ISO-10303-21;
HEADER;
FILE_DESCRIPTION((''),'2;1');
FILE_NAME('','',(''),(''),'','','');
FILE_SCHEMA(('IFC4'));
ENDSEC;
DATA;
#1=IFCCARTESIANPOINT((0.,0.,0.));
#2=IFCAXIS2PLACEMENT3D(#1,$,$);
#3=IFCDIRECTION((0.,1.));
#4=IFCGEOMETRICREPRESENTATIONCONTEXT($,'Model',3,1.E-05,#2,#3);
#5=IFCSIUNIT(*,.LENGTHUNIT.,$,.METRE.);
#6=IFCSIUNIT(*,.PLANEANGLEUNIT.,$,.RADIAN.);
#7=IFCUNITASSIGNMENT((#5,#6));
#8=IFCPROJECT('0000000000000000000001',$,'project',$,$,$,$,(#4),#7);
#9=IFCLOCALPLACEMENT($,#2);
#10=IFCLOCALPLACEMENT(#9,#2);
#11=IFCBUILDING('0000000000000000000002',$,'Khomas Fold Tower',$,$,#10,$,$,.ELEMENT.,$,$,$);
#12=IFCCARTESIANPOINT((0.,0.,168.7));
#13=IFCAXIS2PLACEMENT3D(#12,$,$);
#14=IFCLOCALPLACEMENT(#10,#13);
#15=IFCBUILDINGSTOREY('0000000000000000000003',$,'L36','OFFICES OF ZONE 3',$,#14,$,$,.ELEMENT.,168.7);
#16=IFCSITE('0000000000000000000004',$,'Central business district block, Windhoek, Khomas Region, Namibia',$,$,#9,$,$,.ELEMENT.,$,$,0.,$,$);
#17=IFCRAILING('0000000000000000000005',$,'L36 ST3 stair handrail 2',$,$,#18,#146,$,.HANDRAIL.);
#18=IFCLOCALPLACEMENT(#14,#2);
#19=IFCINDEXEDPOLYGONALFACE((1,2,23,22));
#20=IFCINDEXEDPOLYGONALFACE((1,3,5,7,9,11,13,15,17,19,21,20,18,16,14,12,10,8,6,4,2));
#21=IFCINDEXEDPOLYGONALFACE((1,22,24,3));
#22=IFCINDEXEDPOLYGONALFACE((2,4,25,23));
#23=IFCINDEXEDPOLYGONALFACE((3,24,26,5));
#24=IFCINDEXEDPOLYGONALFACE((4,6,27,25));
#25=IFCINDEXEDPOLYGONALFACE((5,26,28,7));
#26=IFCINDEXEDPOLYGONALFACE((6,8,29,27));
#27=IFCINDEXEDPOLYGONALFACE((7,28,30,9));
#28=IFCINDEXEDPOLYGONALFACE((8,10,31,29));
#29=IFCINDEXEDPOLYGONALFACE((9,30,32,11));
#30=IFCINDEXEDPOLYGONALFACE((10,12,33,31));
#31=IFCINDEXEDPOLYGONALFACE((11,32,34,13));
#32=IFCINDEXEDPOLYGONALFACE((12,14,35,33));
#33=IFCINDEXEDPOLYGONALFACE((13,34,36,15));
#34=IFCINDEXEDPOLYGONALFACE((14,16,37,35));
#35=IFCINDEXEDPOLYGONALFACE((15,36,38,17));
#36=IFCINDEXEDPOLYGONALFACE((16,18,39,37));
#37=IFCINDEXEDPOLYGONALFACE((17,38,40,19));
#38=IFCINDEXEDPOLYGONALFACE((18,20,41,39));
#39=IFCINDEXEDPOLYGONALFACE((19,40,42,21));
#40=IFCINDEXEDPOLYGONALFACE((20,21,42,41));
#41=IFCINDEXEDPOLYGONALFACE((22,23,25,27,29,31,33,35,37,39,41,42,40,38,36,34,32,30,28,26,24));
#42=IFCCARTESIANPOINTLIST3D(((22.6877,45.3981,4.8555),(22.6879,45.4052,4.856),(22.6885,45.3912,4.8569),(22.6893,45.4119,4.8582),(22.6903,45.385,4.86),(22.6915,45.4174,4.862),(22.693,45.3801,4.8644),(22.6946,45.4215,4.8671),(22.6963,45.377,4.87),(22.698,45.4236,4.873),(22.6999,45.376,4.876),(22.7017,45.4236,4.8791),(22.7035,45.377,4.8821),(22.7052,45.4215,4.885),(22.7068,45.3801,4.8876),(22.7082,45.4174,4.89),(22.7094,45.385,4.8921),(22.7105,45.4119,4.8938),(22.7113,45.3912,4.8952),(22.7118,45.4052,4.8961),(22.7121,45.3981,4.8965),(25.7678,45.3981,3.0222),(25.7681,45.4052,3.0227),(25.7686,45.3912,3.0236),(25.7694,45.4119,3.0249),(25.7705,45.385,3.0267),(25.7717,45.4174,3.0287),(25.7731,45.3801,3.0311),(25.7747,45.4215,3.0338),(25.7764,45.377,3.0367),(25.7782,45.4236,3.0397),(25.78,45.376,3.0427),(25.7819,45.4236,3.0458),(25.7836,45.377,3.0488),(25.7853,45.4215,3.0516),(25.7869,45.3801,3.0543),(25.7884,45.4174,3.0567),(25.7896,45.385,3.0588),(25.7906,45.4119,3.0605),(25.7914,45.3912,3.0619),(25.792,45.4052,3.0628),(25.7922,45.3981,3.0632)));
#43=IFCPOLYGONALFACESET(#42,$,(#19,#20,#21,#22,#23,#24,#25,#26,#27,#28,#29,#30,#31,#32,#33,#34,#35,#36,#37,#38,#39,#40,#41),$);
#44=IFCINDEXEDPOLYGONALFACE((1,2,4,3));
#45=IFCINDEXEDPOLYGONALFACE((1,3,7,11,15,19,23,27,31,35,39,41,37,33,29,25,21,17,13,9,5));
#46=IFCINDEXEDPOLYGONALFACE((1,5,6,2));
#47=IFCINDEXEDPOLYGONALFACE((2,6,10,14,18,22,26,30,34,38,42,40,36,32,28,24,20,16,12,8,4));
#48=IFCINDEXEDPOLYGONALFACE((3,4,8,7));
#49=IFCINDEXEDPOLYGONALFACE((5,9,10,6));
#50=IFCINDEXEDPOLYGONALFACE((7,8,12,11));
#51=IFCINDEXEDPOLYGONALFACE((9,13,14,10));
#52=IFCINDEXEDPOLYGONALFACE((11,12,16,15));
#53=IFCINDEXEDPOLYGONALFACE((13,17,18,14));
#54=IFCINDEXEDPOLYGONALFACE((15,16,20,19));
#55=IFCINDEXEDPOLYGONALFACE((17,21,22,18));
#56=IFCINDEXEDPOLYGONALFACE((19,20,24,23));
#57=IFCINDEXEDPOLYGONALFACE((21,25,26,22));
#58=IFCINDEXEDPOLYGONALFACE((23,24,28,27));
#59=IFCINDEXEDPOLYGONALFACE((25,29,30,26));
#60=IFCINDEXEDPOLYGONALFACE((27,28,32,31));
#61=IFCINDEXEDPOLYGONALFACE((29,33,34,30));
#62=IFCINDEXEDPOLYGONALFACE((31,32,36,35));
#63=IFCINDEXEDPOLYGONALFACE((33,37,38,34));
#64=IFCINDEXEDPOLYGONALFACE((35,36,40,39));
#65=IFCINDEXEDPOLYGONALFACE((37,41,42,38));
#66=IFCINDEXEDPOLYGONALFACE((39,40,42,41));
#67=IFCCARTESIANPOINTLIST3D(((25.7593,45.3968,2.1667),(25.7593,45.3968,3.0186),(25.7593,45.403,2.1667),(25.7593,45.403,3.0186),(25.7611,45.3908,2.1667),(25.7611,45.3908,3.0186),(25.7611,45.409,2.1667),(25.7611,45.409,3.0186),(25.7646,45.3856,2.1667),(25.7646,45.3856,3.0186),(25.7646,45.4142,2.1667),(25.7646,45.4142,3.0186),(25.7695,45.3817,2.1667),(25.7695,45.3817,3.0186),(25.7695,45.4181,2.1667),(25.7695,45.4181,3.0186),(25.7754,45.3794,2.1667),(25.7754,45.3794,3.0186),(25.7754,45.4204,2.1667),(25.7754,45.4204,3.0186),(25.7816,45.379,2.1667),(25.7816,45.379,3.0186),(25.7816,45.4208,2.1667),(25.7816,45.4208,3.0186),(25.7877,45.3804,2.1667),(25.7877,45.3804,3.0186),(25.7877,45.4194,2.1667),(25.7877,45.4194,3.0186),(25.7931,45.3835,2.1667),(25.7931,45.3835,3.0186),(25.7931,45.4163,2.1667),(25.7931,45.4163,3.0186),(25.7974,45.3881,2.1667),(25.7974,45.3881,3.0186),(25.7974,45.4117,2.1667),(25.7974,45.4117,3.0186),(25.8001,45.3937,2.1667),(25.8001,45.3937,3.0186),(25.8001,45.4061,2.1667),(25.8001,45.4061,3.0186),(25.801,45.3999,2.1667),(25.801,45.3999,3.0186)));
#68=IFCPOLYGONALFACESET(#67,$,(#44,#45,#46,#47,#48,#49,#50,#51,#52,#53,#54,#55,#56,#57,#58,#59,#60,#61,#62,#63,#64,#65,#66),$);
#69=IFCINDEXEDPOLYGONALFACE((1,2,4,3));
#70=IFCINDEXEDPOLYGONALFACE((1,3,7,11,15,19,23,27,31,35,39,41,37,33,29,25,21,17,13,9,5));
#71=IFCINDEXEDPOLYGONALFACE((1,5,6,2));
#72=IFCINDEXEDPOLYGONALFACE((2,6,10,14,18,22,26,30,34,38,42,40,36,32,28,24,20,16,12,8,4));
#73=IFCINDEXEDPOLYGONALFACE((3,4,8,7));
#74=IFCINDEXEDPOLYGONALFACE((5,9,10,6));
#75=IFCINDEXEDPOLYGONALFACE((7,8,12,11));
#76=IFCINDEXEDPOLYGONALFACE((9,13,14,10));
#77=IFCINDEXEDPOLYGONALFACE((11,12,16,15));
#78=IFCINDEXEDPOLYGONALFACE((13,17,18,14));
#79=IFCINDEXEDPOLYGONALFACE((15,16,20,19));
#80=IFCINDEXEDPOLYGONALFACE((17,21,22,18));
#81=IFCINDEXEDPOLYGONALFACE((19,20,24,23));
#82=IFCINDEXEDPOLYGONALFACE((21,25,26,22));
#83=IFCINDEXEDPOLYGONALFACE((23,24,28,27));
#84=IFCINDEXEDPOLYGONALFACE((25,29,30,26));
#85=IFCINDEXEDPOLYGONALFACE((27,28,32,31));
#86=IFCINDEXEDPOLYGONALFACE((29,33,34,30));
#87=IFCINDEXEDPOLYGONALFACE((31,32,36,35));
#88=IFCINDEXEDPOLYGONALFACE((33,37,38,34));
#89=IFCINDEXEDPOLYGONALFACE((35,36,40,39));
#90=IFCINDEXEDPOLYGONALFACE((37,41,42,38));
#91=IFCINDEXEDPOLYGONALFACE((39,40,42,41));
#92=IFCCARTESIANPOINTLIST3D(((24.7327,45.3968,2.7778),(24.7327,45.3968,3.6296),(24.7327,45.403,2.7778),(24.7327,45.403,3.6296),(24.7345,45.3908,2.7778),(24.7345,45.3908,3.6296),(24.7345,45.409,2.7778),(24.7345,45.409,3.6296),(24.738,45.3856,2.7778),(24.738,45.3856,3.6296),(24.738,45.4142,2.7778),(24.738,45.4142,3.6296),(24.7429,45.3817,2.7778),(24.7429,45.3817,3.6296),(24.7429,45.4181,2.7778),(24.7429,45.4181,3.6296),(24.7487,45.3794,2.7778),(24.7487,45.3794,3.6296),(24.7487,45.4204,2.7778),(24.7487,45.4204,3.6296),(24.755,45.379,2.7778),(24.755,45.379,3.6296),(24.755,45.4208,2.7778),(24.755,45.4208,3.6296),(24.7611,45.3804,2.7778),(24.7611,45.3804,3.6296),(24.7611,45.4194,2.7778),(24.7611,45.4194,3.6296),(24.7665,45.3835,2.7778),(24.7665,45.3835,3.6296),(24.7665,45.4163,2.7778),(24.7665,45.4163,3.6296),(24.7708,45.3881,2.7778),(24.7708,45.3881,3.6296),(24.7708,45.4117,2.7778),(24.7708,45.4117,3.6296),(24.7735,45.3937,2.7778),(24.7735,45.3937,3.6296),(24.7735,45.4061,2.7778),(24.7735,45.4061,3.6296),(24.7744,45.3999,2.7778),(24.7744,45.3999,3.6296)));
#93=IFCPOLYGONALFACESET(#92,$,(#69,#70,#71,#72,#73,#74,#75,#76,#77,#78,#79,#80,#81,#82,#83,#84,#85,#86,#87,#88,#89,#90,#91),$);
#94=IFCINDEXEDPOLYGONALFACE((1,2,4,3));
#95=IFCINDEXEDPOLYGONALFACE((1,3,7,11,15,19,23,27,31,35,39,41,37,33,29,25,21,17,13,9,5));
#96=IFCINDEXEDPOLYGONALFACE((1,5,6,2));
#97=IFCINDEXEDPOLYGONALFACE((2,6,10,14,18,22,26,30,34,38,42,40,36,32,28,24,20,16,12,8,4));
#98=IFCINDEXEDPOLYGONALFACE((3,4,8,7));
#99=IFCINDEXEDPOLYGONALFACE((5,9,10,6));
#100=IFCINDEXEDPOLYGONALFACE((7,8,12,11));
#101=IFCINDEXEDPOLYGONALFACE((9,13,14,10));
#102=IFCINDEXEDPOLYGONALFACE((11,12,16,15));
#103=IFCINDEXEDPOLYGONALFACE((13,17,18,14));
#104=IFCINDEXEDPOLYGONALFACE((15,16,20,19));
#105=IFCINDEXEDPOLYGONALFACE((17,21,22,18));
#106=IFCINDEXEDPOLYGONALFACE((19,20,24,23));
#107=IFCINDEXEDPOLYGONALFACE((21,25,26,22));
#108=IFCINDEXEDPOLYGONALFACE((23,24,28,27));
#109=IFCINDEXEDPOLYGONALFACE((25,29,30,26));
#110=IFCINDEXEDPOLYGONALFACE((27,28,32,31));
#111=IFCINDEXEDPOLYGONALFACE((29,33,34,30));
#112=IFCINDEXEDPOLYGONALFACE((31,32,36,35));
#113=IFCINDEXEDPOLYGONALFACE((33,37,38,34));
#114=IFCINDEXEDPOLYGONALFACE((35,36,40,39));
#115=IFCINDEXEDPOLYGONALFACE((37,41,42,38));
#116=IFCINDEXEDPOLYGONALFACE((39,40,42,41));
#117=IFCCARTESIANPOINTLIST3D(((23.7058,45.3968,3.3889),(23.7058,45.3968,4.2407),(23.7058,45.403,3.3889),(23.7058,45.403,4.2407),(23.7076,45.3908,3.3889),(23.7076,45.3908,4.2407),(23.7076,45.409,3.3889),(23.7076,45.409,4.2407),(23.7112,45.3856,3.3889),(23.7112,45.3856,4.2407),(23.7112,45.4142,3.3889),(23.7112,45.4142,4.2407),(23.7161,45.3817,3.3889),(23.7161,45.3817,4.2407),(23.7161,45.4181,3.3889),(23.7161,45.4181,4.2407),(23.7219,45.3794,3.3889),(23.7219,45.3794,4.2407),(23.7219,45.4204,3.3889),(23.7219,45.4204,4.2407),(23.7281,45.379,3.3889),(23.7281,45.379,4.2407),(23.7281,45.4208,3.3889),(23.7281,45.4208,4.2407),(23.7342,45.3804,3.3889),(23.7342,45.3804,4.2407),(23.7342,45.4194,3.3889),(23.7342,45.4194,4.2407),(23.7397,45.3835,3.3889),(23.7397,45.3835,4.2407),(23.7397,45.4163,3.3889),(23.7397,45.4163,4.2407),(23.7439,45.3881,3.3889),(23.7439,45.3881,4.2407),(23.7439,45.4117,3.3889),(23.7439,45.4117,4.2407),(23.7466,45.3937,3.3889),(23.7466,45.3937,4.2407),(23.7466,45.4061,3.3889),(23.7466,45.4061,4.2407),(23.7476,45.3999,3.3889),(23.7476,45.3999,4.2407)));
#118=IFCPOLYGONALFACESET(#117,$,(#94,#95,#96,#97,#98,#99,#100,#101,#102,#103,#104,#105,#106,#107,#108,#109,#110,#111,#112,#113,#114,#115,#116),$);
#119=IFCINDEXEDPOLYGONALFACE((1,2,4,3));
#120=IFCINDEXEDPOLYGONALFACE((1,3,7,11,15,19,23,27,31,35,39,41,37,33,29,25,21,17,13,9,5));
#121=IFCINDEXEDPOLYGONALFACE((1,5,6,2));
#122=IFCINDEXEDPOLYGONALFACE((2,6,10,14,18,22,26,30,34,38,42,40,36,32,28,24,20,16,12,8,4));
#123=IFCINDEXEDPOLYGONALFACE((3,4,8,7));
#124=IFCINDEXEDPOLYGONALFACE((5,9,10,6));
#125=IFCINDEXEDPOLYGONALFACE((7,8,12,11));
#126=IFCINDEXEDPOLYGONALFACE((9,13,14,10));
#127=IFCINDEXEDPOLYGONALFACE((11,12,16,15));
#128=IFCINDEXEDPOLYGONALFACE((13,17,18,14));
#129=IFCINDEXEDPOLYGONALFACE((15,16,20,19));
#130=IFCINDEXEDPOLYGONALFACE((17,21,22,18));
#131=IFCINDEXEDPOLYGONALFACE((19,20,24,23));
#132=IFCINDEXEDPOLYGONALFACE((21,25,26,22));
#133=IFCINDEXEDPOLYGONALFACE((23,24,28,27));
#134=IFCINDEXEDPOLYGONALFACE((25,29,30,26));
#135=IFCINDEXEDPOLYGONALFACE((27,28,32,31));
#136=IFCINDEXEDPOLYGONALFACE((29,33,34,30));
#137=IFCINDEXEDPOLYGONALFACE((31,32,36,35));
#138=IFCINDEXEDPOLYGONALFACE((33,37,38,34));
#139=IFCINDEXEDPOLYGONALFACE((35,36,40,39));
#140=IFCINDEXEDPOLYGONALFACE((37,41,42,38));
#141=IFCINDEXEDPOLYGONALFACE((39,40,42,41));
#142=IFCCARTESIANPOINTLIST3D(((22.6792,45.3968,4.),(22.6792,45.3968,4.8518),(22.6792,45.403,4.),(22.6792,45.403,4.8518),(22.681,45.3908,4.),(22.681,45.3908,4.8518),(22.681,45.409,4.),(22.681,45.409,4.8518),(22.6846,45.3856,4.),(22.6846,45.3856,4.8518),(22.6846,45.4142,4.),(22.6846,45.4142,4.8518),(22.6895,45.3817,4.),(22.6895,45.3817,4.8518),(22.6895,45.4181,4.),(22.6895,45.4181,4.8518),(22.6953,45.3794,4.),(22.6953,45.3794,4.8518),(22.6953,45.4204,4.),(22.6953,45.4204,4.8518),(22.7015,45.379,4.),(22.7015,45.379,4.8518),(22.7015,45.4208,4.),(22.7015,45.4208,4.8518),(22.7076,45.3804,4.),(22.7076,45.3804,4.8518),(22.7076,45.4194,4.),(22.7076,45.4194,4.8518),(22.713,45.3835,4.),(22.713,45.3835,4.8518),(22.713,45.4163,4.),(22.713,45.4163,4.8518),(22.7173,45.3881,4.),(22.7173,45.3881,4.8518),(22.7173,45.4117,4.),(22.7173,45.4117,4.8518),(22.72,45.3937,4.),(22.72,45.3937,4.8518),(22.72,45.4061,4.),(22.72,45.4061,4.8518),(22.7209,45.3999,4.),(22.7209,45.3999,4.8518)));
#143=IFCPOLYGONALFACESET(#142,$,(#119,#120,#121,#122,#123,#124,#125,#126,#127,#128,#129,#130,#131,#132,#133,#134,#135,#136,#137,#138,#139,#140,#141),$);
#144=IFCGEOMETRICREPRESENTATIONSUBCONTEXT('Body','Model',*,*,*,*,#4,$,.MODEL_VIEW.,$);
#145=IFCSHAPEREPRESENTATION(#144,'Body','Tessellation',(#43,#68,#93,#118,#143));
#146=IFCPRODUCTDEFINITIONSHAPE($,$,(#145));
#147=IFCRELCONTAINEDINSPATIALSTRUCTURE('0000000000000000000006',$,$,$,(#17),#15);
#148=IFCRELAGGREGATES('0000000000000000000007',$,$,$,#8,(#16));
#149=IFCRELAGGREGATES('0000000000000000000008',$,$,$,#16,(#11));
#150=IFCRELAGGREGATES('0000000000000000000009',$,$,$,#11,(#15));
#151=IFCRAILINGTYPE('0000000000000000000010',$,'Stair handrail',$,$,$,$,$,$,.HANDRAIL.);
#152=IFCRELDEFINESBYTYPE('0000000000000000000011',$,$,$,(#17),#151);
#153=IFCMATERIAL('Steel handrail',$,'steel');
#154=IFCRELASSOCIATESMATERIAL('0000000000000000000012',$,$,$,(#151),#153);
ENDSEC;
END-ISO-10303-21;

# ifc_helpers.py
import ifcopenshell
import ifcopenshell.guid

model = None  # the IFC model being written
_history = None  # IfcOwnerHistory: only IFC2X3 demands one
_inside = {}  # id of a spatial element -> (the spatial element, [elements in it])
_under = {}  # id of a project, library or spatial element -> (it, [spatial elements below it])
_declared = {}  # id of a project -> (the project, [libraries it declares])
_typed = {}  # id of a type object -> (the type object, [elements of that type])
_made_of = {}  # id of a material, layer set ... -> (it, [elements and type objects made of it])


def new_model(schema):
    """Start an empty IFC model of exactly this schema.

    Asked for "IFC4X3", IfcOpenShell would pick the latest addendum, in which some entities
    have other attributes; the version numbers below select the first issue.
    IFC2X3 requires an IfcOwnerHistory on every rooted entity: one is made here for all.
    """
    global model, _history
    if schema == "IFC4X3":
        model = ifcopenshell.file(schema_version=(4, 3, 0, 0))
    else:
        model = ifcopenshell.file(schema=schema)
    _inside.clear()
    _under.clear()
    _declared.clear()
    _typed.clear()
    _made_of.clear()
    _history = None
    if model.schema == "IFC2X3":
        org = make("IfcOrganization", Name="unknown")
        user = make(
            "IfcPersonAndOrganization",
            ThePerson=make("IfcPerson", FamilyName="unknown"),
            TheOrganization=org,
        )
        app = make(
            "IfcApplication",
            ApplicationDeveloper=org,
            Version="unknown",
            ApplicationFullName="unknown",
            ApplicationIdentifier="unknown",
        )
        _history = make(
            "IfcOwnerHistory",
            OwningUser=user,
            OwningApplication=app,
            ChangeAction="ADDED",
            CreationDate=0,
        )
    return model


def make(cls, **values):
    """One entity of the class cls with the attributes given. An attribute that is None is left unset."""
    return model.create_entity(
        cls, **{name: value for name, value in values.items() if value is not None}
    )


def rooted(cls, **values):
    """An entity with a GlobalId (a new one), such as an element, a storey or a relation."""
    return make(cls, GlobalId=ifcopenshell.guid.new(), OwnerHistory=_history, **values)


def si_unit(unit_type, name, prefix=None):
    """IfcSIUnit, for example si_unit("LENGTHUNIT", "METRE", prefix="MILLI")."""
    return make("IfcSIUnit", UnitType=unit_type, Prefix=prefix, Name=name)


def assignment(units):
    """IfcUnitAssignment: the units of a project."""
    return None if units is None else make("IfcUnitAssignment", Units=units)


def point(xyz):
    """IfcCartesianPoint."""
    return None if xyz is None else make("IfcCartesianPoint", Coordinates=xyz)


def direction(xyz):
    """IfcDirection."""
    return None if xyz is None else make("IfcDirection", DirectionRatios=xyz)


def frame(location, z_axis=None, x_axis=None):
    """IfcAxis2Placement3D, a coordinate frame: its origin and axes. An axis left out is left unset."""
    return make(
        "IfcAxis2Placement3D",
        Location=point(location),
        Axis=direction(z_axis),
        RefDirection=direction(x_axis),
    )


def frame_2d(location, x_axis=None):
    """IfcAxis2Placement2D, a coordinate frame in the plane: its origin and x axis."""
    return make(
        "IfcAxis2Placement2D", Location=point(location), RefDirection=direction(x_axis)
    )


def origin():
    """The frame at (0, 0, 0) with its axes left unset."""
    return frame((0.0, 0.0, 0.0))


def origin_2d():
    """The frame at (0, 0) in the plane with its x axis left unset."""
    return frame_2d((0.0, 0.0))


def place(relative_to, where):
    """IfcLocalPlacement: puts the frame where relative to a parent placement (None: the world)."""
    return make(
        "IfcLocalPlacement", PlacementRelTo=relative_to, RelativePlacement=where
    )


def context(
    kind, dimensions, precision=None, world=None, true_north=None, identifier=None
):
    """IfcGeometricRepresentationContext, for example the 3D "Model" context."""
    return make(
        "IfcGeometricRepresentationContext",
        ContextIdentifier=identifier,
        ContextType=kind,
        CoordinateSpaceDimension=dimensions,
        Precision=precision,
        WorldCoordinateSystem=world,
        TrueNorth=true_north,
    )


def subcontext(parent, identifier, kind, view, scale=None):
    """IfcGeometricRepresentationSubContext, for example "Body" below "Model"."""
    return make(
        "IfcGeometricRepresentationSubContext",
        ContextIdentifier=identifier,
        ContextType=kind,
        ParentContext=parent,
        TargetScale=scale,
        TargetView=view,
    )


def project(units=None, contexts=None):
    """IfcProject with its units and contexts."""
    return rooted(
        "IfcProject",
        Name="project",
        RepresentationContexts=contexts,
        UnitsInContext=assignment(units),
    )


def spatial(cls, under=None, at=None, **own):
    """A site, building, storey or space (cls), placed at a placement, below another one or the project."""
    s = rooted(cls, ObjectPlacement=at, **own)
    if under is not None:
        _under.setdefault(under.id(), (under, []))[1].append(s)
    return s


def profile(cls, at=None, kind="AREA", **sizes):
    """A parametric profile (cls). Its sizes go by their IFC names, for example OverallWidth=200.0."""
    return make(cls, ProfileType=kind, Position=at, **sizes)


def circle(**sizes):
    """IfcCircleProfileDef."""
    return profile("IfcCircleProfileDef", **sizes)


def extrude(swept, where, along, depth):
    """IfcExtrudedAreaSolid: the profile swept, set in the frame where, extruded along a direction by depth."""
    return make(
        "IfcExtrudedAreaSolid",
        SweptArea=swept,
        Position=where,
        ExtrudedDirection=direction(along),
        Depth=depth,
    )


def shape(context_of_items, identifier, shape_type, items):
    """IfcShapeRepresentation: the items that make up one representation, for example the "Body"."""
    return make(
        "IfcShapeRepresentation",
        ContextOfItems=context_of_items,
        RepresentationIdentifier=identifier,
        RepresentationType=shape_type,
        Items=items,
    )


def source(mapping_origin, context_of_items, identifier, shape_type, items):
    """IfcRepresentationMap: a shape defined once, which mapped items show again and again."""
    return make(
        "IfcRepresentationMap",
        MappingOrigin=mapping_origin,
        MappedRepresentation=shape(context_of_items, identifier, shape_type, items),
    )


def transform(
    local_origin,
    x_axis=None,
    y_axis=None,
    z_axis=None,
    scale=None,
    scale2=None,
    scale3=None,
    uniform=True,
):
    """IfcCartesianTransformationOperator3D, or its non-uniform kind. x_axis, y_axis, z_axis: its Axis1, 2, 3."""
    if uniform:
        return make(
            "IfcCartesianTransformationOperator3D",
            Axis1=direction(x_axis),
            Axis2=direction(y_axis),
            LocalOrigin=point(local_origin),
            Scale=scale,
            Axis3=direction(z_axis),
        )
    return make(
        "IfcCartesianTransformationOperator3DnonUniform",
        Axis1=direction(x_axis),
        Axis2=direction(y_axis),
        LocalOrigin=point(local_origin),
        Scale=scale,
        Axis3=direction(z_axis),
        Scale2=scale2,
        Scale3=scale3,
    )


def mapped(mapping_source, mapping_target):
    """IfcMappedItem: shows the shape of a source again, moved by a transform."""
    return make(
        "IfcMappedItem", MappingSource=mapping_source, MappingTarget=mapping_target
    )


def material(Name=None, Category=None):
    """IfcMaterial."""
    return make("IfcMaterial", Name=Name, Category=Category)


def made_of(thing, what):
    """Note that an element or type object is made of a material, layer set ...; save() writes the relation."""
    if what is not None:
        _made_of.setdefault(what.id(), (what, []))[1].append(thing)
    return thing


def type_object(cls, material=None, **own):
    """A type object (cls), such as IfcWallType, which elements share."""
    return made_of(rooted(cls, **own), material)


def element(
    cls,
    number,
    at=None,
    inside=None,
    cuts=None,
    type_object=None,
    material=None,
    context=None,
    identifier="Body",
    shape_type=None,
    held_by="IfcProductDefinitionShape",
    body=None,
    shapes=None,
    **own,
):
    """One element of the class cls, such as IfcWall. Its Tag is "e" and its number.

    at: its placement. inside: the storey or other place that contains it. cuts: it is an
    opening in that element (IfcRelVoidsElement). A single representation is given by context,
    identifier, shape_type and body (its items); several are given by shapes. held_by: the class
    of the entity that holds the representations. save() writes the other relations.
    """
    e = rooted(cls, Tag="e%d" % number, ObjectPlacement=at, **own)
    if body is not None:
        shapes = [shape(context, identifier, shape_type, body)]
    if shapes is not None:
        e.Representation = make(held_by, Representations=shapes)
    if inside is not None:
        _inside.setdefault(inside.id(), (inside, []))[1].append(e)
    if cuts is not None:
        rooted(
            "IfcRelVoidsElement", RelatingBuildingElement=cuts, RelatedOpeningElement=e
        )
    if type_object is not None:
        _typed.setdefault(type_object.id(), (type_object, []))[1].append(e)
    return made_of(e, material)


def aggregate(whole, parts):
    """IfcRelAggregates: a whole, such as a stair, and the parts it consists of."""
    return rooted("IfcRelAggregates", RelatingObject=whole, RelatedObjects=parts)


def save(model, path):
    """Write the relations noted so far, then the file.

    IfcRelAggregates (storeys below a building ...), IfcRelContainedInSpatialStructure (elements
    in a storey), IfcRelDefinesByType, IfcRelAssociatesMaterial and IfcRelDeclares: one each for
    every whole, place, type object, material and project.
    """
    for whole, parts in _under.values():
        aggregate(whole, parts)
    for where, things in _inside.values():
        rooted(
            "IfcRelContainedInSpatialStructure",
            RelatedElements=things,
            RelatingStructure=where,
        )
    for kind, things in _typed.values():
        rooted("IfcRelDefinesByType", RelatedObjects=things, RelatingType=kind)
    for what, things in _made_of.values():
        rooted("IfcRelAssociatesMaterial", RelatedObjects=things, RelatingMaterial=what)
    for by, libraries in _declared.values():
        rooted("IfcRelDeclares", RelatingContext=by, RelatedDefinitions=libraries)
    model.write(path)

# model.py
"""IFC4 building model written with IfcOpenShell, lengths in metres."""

from ifc_helpers import new_model, si_unit, direction, frame, origin, origin_2d, place, context, subcontext, project, spatial, circle, extrude, source, transform, mapped, material, type_object, element, save


model = new_model("IFC4")

# Units and contexts
model_context = context("Model", 3, precision=1e-05, world=origin(), true_north=direction((0.0, 1.0)))
body_context = subcontext(model_context, "Body", "Model", "MODEL_VIEW")
ifc_project = project(units=[si_unit("LENGTHUNIT", "METRE"), si_unit("PLANEANGLEUNIT", "RADIAN")], contexts=[model_context])

# Site, building, storey
site_placement = place(None, origin())
site = spatial("IfcSite", under=ifc_project, at=site_placement, Name="Central business district block, Windhoek, Khomas Region, Namibia", CompositionType="ELEMENT", RefElevation=0.0)
building_placement = place(site_placement, origin())
building = spatial("IfcBuilding", under=site, at=building_placement, Name="Khomas Fold Tower", CompositionType="ELEMENT")
storey_placement = place(building_placement, frame((0.0, 0.0, 168.7)))
storey = spatial("IfcBuildingStorey", under=building, at=storey_placement, Name="L36", Description="OFFICES OF ZONE 3", CompositionType="ELEMENT", Elevation=168.7)

# Railing
ifc_material_1 = material(Name="Steel handrail", Category="steel")
railing_type_1 = type_object("IfcRailingType", Name="Stair handrail", PredefinedType="HANDRAIL", material=ifc_material_1)
shared_shape_1 = source(origin(), body_context, "Body", "SweptSolid", [
    extrude(circle(Radius=0.0239, at=origin_2d()), frame((0.0, 0.0, 0.876), z_axis=(-0.859309, 0.0, 0.511458), x_axis=(0.0, -1.0, 0.0)), (0.0, 0.0, 1.0), 3.5845),
    extrude(circle(Radius=0.021, at=origin_2d()), origin(), (0.0, 0.0, 1.0), 0.8518),
    extrude(circle(Radius=0.021, at=origin_2d()), frame((-1.0266, 0.0, 0.6111)), (0.0, 0.0, 1.0), 0.8518),
    extrude(circle(Radius=0.021, at=origin_2d()), frame((-2.0535, 0.0, 1.2222)), (0.0, 0.0, 1.0), 0.8518),
    extrude(circle(Radius=0.021, at=origin_2d()), frame((-3.0801, 0.0, 1.8333)), (0.0, 0.0, 1.0), 0.8518),
])
railing_1_placement = place(storey_placement, frame((25.78, 45.3999, 2.1667)))
element("IfcRailing", 1, at=railing_1_placement, inside=storey, type_object=railing_type_1, Name="L36 ST3 stair handrail 2", PredefinedType="HANDRAIL", context=body_context, shape_type="MappedRepresentation", body=[
    mapped(shared_shape_1, transform((0.0, 0.0, 0.0))),
])

save(model, "model.ifc")
